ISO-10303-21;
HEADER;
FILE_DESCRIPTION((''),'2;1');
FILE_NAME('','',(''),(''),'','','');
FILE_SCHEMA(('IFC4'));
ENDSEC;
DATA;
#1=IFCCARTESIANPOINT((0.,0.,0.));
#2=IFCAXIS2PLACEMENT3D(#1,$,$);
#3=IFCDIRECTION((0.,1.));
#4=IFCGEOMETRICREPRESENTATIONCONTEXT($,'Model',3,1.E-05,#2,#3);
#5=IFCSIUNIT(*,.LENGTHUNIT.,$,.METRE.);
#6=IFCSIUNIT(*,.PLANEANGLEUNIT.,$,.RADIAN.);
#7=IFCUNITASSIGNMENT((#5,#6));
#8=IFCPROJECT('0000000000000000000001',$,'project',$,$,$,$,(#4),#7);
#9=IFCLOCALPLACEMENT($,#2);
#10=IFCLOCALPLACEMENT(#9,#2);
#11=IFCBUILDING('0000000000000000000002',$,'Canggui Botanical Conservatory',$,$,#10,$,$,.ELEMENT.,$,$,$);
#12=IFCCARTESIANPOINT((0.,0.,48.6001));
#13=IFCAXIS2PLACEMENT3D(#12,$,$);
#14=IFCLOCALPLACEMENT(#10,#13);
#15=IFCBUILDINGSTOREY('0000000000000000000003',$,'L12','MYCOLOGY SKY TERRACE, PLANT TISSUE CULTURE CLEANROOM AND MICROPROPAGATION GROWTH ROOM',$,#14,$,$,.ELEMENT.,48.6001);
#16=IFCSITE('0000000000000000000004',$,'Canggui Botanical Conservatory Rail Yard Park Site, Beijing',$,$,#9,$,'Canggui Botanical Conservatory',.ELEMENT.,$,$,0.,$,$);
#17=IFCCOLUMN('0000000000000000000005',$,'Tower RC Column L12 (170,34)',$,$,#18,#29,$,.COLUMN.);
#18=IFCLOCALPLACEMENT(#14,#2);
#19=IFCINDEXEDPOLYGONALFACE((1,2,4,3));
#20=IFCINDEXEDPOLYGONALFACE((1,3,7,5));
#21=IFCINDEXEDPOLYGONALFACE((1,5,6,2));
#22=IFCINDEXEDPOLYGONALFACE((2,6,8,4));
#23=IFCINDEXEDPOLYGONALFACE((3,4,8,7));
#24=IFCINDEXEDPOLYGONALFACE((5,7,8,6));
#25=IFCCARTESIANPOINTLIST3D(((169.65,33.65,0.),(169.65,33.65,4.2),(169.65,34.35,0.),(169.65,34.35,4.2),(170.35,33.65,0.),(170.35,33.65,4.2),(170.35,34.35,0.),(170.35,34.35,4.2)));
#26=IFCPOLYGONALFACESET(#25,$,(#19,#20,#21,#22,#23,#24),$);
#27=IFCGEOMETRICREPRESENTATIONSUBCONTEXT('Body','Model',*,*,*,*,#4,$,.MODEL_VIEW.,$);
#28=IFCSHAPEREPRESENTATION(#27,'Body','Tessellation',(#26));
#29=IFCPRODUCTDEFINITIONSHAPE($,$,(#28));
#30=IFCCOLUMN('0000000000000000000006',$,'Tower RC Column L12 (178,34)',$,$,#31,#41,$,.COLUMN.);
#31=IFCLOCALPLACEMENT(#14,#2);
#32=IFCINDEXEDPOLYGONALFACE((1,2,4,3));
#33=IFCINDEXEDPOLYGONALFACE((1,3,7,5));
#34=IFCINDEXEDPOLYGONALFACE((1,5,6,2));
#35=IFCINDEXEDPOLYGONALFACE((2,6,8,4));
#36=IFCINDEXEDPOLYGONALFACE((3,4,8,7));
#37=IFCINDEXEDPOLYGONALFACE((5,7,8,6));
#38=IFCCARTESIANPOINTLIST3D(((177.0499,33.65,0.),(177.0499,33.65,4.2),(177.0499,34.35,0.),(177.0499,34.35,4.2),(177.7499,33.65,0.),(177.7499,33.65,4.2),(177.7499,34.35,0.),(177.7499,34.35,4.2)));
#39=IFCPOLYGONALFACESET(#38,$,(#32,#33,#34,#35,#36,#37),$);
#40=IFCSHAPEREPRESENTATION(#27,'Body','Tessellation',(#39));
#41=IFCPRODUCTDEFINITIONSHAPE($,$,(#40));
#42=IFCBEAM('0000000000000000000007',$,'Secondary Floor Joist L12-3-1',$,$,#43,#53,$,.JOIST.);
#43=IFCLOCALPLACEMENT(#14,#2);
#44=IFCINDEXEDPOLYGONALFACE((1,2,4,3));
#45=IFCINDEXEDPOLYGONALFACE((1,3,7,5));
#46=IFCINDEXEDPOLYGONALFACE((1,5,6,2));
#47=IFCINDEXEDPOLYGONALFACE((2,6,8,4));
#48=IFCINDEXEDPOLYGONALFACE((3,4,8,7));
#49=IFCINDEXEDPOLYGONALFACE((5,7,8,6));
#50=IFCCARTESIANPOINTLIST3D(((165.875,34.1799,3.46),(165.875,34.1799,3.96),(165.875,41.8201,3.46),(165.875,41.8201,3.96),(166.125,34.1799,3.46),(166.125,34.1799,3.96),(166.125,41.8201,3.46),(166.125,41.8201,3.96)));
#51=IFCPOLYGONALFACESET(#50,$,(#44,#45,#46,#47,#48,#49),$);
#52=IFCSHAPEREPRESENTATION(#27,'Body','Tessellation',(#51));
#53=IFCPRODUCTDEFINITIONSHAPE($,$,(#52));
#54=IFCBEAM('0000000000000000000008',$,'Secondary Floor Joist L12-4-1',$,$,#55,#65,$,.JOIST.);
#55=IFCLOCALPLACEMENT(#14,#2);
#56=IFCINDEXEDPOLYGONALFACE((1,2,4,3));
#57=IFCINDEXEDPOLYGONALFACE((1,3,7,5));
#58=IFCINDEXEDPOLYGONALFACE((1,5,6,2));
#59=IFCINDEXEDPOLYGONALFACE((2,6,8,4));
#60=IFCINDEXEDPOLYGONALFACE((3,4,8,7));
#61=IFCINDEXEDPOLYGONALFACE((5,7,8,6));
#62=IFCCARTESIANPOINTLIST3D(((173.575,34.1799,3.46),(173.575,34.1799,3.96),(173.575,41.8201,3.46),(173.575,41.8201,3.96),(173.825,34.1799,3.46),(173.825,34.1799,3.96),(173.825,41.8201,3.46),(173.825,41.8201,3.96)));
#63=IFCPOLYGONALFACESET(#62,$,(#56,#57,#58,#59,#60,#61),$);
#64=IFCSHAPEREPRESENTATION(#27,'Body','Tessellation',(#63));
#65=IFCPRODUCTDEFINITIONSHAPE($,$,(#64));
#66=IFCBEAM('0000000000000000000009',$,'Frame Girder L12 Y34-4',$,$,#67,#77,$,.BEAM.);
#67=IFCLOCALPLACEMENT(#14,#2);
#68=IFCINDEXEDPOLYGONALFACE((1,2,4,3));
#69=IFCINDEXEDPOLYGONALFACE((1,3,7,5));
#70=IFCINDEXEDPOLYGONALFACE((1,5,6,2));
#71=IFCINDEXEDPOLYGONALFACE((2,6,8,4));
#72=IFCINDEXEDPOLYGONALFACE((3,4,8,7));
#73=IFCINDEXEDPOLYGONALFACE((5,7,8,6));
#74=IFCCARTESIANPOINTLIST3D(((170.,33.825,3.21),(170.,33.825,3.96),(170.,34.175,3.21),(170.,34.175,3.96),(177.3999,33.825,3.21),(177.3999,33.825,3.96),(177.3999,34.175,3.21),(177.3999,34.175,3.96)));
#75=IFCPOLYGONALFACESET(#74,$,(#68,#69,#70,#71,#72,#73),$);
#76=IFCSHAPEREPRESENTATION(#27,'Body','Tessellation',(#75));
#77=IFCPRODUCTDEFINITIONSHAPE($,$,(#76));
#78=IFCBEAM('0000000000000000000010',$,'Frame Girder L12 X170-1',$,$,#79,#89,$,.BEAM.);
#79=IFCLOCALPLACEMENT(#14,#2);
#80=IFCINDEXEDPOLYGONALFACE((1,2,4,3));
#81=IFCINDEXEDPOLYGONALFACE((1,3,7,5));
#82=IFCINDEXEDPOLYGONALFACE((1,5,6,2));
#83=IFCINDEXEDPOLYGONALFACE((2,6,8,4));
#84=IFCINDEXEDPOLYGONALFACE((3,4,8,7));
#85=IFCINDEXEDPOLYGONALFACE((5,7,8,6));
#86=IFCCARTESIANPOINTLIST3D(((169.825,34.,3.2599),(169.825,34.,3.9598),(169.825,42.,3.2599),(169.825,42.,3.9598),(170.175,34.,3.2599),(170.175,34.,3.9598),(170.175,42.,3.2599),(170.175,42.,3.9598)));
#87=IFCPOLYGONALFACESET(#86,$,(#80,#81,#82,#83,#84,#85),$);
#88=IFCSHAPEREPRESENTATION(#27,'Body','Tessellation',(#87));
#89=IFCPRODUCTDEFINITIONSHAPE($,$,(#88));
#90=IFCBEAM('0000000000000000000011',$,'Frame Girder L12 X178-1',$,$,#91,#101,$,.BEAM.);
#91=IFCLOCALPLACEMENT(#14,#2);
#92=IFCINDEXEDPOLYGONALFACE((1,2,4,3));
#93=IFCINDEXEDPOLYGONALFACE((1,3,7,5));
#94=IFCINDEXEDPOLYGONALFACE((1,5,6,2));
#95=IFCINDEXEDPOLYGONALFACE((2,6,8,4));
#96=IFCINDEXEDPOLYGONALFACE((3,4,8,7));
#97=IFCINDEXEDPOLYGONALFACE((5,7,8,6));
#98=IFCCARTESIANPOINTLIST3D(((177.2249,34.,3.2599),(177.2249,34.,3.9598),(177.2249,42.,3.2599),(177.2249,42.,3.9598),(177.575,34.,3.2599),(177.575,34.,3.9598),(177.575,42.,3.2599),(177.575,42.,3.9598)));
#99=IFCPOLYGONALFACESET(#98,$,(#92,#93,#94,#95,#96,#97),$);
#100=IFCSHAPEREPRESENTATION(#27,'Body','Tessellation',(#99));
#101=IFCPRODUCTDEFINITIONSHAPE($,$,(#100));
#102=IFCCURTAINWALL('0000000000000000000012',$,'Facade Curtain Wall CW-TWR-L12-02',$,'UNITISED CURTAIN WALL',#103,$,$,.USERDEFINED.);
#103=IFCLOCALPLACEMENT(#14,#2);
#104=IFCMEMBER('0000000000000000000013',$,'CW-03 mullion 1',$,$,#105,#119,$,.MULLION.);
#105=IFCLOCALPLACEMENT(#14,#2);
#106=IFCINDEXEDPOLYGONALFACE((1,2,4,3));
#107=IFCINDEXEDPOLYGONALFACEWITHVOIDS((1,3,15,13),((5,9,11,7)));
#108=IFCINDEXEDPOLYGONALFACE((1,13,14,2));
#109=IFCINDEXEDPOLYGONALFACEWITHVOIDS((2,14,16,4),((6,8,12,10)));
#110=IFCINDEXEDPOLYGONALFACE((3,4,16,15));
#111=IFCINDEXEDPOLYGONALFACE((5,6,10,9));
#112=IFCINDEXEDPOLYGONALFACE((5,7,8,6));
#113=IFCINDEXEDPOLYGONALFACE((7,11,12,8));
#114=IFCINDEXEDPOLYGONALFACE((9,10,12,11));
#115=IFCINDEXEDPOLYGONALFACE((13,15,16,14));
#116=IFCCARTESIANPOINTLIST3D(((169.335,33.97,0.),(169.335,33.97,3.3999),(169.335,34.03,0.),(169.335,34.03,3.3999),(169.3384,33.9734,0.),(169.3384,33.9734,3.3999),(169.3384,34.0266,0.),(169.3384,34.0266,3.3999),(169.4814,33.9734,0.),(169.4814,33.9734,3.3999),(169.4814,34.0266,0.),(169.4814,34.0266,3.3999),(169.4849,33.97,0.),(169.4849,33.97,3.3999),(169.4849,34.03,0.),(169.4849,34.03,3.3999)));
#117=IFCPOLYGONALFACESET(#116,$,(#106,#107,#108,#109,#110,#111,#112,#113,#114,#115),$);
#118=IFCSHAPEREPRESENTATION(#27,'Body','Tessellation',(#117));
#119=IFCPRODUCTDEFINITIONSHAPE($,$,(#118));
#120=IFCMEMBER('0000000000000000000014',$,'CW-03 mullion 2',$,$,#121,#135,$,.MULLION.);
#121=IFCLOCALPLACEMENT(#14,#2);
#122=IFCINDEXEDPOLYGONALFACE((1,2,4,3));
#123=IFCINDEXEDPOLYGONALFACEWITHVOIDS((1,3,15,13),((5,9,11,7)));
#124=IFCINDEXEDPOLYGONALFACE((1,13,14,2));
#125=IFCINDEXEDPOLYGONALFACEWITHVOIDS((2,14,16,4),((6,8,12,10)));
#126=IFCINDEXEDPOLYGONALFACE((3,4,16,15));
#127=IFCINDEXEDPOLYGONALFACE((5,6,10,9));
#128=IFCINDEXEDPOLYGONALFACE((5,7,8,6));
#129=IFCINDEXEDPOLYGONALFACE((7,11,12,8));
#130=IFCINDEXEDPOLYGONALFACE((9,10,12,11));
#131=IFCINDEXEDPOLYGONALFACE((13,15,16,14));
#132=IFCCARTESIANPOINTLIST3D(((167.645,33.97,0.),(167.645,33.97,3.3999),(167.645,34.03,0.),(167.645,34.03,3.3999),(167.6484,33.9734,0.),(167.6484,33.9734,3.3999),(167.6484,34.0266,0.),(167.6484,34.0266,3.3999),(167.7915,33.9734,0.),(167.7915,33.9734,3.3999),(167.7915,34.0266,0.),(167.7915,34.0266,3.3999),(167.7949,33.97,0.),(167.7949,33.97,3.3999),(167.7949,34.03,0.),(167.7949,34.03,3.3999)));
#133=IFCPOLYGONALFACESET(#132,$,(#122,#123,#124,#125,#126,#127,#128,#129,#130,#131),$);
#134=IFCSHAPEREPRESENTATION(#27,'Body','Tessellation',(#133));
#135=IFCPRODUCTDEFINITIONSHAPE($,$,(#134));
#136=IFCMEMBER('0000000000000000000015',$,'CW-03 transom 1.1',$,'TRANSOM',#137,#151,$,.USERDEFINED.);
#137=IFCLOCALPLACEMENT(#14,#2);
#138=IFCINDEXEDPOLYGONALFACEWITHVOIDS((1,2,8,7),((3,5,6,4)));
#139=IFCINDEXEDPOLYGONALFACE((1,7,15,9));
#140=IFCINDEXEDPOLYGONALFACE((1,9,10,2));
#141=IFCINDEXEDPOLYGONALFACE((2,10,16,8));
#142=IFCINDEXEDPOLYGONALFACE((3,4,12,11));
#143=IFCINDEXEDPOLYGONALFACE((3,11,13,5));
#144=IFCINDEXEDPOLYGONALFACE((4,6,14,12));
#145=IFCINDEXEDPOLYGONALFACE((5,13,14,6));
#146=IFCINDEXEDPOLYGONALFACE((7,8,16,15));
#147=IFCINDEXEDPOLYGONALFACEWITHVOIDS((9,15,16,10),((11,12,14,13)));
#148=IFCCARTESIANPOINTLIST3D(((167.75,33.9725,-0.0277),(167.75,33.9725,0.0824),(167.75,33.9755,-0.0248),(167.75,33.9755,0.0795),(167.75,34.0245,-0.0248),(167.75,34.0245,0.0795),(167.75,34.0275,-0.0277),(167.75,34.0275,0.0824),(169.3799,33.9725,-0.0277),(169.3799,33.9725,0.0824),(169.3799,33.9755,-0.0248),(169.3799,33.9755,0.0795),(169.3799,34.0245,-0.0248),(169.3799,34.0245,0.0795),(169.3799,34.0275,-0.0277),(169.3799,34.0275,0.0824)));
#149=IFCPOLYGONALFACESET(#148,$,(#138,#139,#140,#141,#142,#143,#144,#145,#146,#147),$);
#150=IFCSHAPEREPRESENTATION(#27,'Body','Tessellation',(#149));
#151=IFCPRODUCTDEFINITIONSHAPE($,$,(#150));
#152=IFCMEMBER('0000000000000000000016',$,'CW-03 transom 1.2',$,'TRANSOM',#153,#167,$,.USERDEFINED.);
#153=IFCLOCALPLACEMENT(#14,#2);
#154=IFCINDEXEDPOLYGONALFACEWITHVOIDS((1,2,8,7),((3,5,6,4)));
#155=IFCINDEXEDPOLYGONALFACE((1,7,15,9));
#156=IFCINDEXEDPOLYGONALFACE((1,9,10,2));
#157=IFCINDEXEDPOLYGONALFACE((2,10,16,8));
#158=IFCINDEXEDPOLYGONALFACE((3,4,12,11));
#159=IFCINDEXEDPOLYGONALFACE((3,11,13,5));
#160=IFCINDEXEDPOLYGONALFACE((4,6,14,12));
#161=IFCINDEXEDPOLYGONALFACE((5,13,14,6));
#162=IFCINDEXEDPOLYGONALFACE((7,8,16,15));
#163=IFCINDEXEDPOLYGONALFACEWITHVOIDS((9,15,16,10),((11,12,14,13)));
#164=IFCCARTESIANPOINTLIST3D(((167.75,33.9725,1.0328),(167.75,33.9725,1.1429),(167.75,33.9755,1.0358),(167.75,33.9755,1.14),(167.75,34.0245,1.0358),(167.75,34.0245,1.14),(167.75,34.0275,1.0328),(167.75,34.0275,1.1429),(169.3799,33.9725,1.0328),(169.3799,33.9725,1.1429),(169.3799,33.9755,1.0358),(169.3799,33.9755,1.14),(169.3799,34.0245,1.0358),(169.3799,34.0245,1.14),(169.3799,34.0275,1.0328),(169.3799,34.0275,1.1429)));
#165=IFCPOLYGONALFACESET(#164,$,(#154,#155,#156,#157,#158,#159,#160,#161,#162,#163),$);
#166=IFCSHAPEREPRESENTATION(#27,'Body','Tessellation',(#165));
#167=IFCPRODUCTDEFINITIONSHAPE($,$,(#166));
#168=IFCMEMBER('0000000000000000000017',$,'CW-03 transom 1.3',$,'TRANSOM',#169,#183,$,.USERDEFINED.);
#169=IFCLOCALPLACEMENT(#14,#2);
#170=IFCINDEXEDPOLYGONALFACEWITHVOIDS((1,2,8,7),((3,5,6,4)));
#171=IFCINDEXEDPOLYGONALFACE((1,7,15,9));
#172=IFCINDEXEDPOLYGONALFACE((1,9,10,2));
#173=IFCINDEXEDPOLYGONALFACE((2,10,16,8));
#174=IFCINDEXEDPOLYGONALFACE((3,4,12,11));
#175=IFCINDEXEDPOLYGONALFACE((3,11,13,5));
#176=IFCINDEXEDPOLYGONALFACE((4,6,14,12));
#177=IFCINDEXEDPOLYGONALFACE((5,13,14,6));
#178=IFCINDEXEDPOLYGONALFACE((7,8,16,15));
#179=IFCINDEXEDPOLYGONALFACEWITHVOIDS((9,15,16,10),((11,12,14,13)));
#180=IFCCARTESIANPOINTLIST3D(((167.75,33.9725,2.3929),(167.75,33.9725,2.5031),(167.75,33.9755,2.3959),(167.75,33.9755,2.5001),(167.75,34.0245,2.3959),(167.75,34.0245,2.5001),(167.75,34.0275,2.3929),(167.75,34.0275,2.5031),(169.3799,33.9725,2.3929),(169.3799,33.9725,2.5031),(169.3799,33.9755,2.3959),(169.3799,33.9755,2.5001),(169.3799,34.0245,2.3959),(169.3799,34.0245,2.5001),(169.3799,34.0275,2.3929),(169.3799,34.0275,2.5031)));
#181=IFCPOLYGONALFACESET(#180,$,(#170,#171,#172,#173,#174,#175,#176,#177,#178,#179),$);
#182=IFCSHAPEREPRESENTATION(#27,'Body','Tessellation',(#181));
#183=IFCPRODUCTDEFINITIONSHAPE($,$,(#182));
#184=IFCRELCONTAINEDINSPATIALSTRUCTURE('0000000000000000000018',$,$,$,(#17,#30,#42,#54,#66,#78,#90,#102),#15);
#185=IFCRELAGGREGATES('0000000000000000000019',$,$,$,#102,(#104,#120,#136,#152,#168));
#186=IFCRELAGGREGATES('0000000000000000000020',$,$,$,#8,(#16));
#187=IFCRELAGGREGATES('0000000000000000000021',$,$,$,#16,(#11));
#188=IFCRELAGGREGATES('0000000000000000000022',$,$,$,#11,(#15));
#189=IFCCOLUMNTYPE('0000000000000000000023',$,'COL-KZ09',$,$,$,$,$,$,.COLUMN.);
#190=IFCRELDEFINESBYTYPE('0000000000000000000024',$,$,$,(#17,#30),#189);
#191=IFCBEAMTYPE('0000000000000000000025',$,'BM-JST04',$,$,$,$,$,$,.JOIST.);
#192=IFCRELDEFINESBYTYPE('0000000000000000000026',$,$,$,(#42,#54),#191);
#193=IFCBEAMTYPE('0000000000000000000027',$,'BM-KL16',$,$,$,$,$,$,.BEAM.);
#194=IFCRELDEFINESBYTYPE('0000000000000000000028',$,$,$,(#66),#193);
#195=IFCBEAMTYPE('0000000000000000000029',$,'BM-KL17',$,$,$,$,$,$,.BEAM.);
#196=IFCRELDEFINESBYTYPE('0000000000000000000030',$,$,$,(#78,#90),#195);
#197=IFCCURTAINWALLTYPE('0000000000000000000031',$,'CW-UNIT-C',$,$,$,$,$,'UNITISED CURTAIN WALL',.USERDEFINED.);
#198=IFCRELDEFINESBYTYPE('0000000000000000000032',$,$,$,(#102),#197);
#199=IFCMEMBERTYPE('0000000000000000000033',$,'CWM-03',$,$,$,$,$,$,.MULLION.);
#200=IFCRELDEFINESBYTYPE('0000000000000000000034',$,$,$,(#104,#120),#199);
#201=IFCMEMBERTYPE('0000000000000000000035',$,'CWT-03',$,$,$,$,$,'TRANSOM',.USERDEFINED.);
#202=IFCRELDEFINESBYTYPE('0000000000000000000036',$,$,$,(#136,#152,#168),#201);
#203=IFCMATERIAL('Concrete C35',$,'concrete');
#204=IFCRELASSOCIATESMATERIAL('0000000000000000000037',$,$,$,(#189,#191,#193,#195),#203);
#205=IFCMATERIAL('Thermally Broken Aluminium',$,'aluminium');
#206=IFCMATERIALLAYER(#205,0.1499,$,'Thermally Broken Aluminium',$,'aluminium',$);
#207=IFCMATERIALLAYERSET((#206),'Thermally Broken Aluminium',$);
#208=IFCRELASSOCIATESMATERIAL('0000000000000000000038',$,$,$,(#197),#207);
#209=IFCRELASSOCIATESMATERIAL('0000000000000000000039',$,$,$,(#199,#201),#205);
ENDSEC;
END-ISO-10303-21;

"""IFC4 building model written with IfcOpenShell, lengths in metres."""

from ifc_helpers import new_model, si_unit, direction, frame, origin, origin_2d, place, context, subcontext, project, spatial, rectangle, hollow_rectangle, extrude, material, layer, layer_set, material_profile, profile_set, type_object, element, aggregate, save


model = new_model("IFC4")

# Units and contexts
model_context = context("Model", 3, precision=1e-05, world=origin(), true_north=direction((0.0, 1.0)))
body_context = subcontext(model_context, "Body", "Model", "MODEL_VIEW")
ifc_project = project(units=[si_unit("LENGTHUNIT", "METRE"), si_unit("PLANEANGLEUNIT", "RADIAN")], contexts=[model_context])

# Site, building, storey
site_placement = place(None, origin())
site = spatial("IfcSite", under=ifc_project, at=site_placement, Name="Canggui Botanical Conservatory Rail Yard Park Site, Beijing", LongName="Canggui Botanical Conservatory", CompositionType="ELEMENT", RefElevation=0.0)
building_placement = place(site_placement, origin())
building = spatial("IfcBuilding", under=site, at=building_placement, Name="Canggui Botanical Conservatory", CompositionType="ELEMENT")
storey_placement = place(building_placement, frame((0.0, 0.0, 48.6001)))
storey = spatial("IfcBuildingStorey", under=building, at=storey_placement, Name="L12", Description="MYCOLOGY SKY TERRACE, PLANT TISSUE CULTURE CLEANROOM AND MICROPROPAGATION GROWTH ROOM", CompositionType="ELEMENT", Elevation=48.6001)

# Columns
ifc_material_1 = material(Name="Concrete C35", Category="concrete")
ifc_material_profile_1 = material_profile(ifc_material_1, rectangle(XDim=0.7, YDim=0.7, at=origin_2d()), Name="RC 700x700")
ifc_profile_set_1 = profile_set([ifc_material_profile_1], Name="Concrete C35")
column_type = type_object("IfcColumnType", Name="COL-KZ09", PredefinedType="COLUMN", material=ifc_profile_set_1)
for number, where, z_axis, x_axis, name in (
    (1, (170.0, 34.0, 0.0), (0.0, 0.0, 1.0), (1.0, 0.0, 0.0), "Tower RC Column L12 (170,34)"),
    (2, (177.3999, 34.0, 0.0), (0.0, 0.0, 1.0), (1.0, 0.0, 0.0), "Tower RC Column L12 (178,34)"),
):
    element("IfcColumn", number, at=place(storey_placement, frame(where, z_axis=z_axis, x_axis=x_axis)), inside=storey, type_object=column_type, Name=name, PredefinedType="COLUMN", context=body_context, shape_type="SweptSolid", body=[
        extrude(rectangle(XDim=0.7, YDim=0.7, at=origin_2d()), origin(), (0.0, 0.0, 1.0), 4.2),
    ])

# Beams
ifc_material_profile_2 = material_profile(ifc_material_1, rectangle(XDim=0.25, YDim=0.5, at=origin_2d()), Name="RB 250x500")
ifc_profile_set_2 = profile_set([ifc_material_profile_2], Name="Concrete C35")
beam_type_1 = type_object("IfcBeamType", Name="BM-JST04", PredefinedType="JOIST", material=ifc_profile_set_2)
for number, where, z_axis, x_axis, name in (
    (3, (166.0, 34.1799, 3.71), (0.0, 1.0, 0.0), (-1.0, 0.0, 0.0), "Secondary Floor Joist L12-3-1"),
    (4, (173.7, 34.1799, 3.71), (0.0, 1.0, 0.0), (-1.0, 0.0, 0.0), "Secondary Floor Joist L12-4-1"),
):
    element("IfcBeam", number, at=place(storey_placement, frame(where, z_axis=z_axis, x_axis=x_axis)), inside=storey, type_object=beam_type_1, Name=name, PredefinedType="JOIST", context=body_context, shape_type="SweptSolid", body=[
        extrude(rectangle(XDim=0.25, YDim=0.5, at=origin_2d()), origin(), (0.0, 0.0, 1.0), 7.6401),
    ])
ifc_material_profile_3 = material_profile(ifc_material_1, rectangle(XDim=0.3501, YDim=0.75, at=origin_2d()), Name="RB 350x750")
ifc_profile_set_3 = profile_set([ifc_material_profile_3], Name="Concrete C35")
beam_type_2 = type_object("IfcBeamType", Name="BM-KL16", PredefinedType="BEAM", material=ifc_profile_set_3)
beam_placement = place(storey_placement, frame((170.0, 34.0, 3.585), z_axis=(1.0, 0.0, 0.0), x_axis=(0.0, 1.0, 0.0)))
element("IfcBeam", 5, at=beam_placement, inside=storey, type_object=beam_type_2, Name="Frame Girder L12 Y34-4", PredefinedType="BEAM", context=body_context, shape_type="SweptSolid", body=[
    extrude(rectangle(XDim=0.3501, YDim=0.75, at=origin_2d()), origin(), (0.0, 0.0, 1.0), 7.3999),
])
ifc_material_profile_4 = material_profile(ifc_material_1, rectangle(XDim=0.3501, YDim=0.7, at=origin_2d()), Name="RB 350x700")
ifc_profile_set_4 = profile_set([ifc_material_profile_4], Name="Concrete C35")
beam_type_3 = type_object("IfcBeamType", Name="BM-KL17", PredefinedType="BEAM", material=ifc_profile_set_4)
for number, where, z_axis, x_axis, name in (
    (6, (170.0, 34.0, 3.6099), (0.0, 1.0, 0.0), (-1.0, 0.0, 0.0), "Frame Girder L12 X170-1"),
    (7, (177.3999, 34.0, 3.6099), (0.0, 1.0, 0.0), (-1.0, 0.0, 0.0), "Frame Girder L12 X178-1"),
):
    element("IfcBeam", number, at=place(storey_placement, frame(where, z_axis=z_axis, x_axis=x_axis)), inside=storey, type_object=beam_type_3, Name=name, PredefinedType="BEAM", context=body_context, shape_type="SweptSolid", body=[
        extrude(rectangle(XDim=0.3501, YDim=0.7, at=origin_2d()), origin(), (0.0, 0.0, 1.0), 8.0),
    ])

# Curtain wall, members
ifc_material_2 = material(Name="Thermally Broken Aluminium", Category="aluminium")
ifc_layer_1 = layer(ifc_material_2, 0.1499, Name="Thermally Broken Aluminium", Category="aluminium")
ifc_layer_set_1 = layer_set([ifc_layer_1], Name="Thermally Broken Aluminium")
curtain_wall_type = type_object("IfcCurtainWallType", Name="CW-UNIT-C", ElementType="UNITISED CURTAIN WALL", PredefinedType="USERDEFINED", material=ifc_layer_set_1)
curtain_wall_placement = place(storey_placement, origin())
curtain_wall = element("IfcCurtainWall", 8, at=curtain_wall_placement, inside=storey, type_object=curtain_wall_type, Name="Facade Curtain Wall CW-TWR-L12-02", ObjectType="UNITISED CURTAIN WALL", PredefinedType="USERDEFINED")
ifc_material_profile_5 = material_profile(ifc_material_2, hollow_rectangle(XDim=0.0601, YDim=0.1499, WallThickness=0.0034, at=origin_2d()), Name="CWM 60x150x3.5")
ifc_profile_set_5 = profile_set([ifc_material_profile_5], Name="Thermally Broken Aluminium")
member_type_1 = type_object("IfcMemberType", Name="CWM-03", PredefinedType="MULLION", material=ifc_profile_set_5)
member_1_placement = place(storey_placement, frame((169.4099, 34.0, 0.0), z_axis=(0.0, 0.0, 1.0), x_axis=(0.0, -1.0, 0.0)))
member_1 = element("IfcMember", 9, at=member_1_placement, type_object=member_type_1, Name="CW-03 mullion 1", PredefinedType="MULLION", context=body_context, shape_type="SweptSolid", body=[
    extrude(hollow_rectangle(XDim=0.0601, YDim=0.1499, WallThickness=0.0034, at=origin_2d()), origin(), (0.0, 0.0, 1.0), 3.3999),
])
member_2_placement = place(storey_placement, frame((167.72, 34.0, 0.0), z_axis=(0.0, 0.0, 1.0), x_axis=(0.0, -1.0, 0.0)))
member_2 = element("IfcMember", 10, at=member_2_placement, type_object=member_type_1, Name="CW-03 mullion 2", PredefinedType="MULLION", context=body_context, shape_type="SweptSolid", body=[
    extrude(hollow_rectangle(XDim=0.0601, YDim=0.1499, WallThickness=0.0034, at=origin_2d()), origin(), (0.0, 0.0, 1.0), 3.3999),
])
ifc_material_profile_6 = material_profile(ifc_material_2, hollow_rectangle(XDim=0.0549, YDim=0.1101, WallThickness=0.0029, at=origin_2d()), Name="CWT 55x110x3")
ifc_profile_set_6 = profile_set([ifc_material_profile_6], Name="Thermally Broken Aluminium")
member_type_2 = type_object("IfcMemberType", Name="CWT-03", ElementType="TRANSOM", PredefinedType="USERDEFINED", material=ifc_profile_set_6)
member_3_placement = place(storey_placement, frame((169.3799, 34.0, 0.0273), z_axis=(-1.0, 0.0, 0.0), x_axis=(0.0, -1.0, 0.0)))
member_3 = element("IfcMember", 11, at=member_3_placement, type_object=member_type_2, Name="CW-03 transom 1.1", ObjectType="TRANSOM", PredefinedType="USERDEFINED", context=body_context, shape_type="SweptSolid", body=[
    extrude(hollow_rectangle(XDim=0.0549, YDim=0.1101, WallThickness=0.0029, at=origin_2d()), origin(), (0.0, 0.0, 1.0), 1.6299),
])
member_4_placement = place(storey_placement, frame((169.3799, 34.0, 1.0879), z_axis=(-1.0, 0.0, 0.0), x_axis=(0.0, -1.0, 0.0)))
member_4 = element("IfcMember", 12, at=member_4_placement, type_object=member_type_2, Name="CW-03 transom 1.2", ObjectType="TRANSOM", PredefinedType="USERDEFINED", context=body_context, shape_type="SweptSolid", body=[
    extrude(hollow_rectangle(XDim=0.0549, YDim=0.1101, WallThickness=0.0029, at=origin_2d()), origin(), (0.0, 0.0, 1.0), 1.6299),
])
member_5_placement = place(storey_placement, frame((169.3799, 34.0, 2.448), z_axis=(-1.0, 0.0, 0.0), x_axis=(0.0, -1.0, 0.0)))
member_5 = element("IfcMember", 13, at=member_5_placement, type_object=member_type_2, Name="CW-03 transom 1.3", ObjectType="TRANSOM", PredefinedType="USERDEFINED", context=body_context, shape_type="SweptSolid", body=[
    extrude(hollow_rectangle(XDim=0.0549, YDim=0.1101, WallThickness=0.0029, at=origin_2d()), origin(), (0.0, 0.0, 1.0), 1.6299),
])
aggregate(curtain_wall, [member_1, member_2, member_3, member_4, member_5])

save(model, "model.ifc")
